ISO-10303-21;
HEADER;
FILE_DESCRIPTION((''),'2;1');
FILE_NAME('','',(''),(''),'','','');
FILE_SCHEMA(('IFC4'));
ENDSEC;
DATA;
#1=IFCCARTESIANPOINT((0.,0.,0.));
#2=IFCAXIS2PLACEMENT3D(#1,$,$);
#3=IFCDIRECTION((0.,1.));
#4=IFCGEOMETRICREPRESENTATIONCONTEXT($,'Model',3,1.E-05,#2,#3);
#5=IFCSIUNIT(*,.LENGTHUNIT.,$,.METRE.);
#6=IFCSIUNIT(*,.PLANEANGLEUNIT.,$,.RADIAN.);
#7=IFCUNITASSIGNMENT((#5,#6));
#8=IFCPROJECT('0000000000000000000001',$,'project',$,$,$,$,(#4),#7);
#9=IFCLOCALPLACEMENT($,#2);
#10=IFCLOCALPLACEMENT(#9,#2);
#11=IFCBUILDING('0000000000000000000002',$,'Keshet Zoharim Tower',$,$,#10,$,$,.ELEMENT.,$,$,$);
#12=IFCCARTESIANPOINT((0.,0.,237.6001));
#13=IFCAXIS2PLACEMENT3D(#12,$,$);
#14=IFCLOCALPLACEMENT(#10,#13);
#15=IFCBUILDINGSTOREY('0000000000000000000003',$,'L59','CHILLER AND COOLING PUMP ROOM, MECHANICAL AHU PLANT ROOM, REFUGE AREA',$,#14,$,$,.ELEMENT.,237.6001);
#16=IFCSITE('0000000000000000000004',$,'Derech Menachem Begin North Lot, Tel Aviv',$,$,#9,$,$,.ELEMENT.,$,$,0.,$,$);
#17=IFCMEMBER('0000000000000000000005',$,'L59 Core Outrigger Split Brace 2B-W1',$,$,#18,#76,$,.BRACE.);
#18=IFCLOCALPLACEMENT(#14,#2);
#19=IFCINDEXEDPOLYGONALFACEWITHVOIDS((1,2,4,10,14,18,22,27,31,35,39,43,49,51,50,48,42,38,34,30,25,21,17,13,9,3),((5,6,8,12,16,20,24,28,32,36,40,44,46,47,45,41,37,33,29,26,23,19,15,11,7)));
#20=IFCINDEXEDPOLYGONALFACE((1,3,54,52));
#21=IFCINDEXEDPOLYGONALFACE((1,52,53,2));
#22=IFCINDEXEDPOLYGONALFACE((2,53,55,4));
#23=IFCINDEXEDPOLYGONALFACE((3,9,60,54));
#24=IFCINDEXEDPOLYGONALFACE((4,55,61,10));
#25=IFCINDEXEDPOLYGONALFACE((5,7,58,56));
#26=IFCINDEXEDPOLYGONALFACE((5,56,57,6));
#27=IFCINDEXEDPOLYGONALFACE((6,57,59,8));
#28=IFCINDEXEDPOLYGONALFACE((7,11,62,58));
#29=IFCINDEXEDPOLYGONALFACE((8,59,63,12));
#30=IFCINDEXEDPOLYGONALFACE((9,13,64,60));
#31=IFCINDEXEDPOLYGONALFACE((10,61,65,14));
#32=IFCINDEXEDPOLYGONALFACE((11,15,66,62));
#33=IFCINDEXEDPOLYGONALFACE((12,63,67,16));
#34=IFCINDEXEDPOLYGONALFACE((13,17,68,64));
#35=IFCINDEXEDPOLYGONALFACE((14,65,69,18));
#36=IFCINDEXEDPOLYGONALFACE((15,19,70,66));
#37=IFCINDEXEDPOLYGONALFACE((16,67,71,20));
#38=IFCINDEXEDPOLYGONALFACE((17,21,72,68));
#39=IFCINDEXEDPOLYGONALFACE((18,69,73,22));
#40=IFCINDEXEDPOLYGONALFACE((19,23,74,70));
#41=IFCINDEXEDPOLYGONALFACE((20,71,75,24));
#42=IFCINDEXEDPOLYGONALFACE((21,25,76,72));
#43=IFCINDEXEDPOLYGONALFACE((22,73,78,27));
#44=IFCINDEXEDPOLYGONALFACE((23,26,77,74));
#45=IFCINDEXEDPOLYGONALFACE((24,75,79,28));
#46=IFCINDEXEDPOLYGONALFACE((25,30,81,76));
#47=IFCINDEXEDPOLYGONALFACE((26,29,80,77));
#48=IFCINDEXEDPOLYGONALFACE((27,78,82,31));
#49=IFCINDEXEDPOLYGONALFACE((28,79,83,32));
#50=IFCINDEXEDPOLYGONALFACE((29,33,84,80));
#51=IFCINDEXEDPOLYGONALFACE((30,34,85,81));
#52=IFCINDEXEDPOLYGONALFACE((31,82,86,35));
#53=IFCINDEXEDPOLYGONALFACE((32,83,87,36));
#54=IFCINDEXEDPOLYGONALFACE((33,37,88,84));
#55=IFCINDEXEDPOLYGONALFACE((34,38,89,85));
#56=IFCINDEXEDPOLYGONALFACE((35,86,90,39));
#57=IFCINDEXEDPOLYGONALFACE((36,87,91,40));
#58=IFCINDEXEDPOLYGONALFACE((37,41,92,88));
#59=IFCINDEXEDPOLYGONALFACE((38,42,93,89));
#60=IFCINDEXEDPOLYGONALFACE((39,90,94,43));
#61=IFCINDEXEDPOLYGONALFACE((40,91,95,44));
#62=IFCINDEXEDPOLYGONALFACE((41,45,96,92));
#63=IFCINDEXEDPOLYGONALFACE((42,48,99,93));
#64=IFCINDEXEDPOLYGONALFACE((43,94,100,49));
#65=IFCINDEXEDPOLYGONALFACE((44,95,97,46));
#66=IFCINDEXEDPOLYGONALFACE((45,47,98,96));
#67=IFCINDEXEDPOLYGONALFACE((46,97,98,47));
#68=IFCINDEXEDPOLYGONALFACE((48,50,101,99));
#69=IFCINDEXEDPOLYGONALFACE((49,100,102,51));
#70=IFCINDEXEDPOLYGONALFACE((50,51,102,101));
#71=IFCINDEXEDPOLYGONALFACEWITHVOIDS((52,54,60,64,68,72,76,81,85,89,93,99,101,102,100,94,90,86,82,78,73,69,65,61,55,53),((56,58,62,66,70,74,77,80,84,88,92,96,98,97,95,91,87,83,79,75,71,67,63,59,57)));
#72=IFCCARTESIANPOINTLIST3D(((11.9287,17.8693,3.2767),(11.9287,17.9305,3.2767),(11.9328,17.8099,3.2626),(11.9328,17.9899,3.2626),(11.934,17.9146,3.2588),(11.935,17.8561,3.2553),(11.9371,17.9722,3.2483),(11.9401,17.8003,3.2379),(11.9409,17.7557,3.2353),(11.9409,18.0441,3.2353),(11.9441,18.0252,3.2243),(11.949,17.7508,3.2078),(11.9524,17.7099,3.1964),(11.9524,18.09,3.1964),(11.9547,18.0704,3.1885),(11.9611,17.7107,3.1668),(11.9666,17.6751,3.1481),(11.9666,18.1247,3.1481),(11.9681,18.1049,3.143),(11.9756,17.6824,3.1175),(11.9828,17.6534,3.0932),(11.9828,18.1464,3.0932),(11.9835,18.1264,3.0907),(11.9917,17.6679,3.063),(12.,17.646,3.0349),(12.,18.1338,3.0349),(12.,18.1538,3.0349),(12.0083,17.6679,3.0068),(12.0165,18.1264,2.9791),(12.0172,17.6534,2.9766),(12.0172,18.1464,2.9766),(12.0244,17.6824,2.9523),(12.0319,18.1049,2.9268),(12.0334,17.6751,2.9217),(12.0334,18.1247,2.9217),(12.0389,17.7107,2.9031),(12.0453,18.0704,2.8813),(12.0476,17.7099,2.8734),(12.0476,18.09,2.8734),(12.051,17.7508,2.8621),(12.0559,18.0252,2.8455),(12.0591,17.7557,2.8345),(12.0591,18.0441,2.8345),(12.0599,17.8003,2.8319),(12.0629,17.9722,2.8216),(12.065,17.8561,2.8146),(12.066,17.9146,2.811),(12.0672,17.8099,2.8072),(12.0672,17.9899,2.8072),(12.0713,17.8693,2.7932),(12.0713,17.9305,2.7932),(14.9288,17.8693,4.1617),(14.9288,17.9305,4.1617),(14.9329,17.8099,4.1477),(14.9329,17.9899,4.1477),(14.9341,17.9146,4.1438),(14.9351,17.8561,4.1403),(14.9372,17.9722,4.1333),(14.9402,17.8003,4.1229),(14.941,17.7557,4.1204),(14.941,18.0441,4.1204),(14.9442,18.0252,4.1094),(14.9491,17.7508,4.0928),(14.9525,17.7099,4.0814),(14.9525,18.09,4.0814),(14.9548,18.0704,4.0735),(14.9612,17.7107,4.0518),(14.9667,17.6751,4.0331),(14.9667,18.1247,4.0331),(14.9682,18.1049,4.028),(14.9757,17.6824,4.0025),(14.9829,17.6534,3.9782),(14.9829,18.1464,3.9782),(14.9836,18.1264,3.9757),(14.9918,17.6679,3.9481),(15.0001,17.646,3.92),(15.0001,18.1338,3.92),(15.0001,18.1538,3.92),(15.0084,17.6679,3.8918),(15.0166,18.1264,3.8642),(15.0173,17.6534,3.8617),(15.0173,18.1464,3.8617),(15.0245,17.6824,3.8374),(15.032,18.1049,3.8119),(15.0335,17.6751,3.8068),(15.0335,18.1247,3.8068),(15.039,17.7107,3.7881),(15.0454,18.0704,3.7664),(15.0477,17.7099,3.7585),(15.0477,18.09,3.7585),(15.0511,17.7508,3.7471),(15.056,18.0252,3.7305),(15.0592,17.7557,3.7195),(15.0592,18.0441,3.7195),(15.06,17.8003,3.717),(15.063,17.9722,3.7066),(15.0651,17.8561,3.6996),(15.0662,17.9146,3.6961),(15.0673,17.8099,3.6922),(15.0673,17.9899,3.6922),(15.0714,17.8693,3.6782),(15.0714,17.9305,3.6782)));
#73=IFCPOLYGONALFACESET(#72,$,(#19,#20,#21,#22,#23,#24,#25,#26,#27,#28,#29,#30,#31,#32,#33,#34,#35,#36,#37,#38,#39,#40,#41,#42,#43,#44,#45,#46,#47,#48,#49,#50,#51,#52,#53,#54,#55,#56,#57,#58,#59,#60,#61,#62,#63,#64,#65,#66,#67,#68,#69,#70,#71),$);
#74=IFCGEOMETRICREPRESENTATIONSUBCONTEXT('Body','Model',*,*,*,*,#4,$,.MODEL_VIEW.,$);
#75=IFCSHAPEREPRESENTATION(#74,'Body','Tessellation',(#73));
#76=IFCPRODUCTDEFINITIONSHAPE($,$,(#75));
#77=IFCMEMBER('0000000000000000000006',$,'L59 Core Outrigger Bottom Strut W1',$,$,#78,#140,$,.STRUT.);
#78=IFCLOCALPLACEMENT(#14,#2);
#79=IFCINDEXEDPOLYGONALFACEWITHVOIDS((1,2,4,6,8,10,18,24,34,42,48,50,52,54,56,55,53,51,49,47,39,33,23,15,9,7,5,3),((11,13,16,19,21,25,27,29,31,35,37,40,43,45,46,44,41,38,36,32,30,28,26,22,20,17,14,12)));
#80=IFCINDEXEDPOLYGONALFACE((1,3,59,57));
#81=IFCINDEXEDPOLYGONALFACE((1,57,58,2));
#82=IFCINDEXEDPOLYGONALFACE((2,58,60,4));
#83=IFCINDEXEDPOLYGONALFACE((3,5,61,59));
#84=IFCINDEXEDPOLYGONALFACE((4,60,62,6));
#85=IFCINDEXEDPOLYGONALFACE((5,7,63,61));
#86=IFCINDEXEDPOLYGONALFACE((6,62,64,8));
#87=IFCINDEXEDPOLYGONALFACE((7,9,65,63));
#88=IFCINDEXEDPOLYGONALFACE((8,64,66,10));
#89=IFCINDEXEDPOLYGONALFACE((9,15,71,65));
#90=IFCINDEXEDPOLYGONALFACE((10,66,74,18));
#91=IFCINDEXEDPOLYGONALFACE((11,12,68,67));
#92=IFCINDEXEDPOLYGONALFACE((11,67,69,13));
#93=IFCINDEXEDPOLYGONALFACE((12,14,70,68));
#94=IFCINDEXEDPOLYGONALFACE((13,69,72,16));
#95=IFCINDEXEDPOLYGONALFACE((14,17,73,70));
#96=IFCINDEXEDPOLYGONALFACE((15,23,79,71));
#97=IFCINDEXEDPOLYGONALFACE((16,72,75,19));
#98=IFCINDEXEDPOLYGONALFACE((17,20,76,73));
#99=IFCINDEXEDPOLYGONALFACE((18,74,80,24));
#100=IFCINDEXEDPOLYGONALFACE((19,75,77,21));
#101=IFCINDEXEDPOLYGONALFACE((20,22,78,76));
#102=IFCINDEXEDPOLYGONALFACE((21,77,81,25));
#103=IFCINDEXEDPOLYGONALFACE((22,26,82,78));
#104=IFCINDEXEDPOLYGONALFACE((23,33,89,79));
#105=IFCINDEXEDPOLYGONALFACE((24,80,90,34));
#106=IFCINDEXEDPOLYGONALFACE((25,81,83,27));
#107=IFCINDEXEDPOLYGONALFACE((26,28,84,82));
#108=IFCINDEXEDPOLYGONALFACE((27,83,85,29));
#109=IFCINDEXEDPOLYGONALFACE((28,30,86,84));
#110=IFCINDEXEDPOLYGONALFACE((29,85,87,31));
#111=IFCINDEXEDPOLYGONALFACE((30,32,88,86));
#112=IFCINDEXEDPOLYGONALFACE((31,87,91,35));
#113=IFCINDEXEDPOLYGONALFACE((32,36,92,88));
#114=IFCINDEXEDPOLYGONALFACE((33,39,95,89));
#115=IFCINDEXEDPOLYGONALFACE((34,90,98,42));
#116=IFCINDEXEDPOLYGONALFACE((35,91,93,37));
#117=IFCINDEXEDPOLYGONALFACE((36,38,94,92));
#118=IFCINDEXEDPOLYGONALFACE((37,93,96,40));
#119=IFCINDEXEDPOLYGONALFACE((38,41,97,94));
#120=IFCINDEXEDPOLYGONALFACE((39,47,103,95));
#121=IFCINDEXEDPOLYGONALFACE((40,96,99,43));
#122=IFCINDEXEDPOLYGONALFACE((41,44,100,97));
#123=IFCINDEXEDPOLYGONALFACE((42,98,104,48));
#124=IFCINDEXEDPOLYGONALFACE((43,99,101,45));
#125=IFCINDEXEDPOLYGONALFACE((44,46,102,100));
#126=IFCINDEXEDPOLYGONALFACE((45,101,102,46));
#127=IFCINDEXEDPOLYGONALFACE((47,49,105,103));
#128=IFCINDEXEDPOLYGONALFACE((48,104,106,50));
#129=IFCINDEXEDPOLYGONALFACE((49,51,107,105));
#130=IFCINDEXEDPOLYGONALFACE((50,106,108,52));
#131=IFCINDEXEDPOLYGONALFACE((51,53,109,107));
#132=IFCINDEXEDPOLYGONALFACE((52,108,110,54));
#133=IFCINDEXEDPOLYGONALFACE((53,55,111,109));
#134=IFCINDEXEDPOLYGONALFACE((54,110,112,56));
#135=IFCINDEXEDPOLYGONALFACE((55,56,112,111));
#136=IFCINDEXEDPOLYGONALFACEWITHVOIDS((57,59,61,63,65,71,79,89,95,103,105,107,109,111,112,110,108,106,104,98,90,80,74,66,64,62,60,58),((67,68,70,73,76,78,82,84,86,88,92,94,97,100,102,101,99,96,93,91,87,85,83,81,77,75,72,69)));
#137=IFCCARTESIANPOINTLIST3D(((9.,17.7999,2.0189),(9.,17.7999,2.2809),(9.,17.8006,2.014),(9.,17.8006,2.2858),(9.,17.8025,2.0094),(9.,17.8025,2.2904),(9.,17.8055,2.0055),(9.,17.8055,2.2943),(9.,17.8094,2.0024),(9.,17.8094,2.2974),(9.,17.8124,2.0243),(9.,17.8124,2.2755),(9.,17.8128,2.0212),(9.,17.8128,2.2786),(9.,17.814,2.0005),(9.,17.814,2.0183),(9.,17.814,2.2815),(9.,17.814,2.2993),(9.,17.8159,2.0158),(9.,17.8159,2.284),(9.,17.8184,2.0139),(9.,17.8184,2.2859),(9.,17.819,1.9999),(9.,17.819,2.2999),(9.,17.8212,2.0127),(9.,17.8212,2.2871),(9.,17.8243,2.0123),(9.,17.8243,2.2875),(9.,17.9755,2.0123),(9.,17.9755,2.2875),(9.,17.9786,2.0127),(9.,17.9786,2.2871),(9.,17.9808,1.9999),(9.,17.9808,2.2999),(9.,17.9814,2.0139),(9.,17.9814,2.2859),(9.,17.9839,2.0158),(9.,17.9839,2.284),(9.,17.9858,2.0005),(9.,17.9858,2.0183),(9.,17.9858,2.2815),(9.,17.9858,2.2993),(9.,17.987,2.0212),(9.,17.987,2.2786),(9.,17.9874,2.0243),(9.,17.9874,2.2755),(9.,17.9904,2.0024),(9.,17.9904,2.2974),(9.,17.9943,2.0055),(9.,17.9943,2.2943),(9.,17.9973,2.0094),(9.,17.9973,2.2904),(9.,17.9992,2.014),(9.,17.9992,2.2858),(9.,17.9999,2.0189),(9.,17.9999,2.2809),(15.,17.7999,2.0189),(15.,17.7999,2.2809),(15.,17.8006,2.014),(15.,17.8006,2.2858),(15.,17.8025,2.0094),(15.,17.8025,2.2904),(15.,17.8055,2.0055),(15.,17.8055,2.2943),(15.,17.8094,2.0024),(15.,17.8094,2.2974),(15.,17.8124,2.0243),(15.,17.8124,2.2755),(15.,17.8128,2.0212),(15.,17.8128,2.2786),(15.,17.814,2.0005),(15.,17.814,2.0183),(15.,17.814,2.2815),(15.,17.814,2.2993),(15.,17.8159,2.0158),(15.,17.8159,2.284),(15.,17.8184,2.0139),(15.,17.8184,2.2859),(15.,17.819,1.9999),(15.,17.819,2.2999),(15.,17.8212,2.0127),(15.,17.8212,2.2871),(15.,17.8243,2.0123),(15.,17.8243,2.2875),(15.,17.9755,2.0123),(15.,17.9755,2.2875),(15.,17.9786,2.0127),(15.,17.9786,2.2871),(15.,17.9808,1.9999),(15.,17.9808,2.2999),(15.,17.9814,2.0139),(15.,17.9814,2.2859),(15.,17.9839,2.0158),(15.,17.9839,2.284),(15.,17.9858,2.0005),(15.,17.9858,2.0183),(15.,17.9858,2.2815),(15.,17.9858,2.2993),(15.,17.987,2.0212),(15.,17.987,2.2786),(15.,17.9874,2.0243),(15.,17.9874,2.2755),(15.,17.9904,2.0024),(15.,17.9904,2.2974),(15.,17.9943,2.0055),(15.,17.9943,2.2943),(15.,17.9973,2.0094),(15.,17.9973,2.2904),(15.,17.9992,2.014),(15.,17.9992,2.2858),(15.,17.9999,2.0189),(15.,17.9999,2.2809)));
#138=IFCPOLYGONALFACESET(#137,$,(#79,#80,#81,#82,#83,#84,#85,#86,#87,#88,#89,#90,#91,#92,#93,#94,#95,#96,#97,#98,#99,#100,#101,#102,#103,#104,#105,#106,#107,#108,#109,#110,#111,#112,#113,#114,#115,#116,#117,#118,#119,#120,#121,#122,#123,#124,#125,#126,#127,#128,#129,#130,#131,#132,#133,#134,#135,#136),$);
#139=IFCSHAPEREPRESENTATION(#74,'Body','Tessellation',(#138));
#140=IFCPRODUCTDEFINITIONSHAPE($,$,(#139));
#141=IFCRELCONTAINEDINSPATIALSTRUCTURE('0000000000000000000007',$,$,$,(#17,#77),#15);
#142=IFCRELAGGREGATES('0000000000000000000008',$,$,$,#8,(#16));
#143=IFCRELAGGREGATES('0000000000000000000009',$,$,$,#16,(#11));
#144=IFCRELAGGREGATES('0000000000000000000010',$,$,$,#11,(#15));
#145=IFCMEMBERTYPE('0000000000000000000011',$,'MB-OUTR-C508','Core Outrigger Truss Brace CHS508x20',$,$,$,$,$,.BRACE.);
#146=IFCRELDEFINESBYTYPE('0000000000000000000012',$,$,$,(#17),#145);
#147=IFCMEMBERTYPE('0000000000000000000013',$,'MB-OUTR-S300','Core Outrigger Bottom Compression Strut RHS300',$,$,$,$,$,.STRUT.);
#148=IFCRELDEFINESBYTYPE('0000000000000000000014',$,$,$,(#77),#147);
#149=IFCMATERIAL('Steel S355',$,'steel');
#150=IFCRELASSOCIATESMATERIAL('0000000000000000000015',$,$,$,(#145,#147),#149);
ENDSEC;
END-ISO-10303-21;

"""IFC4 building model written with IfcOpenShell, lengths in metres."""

from ifc_helpers import new_model, si_unit, direction, frame, origin, origin_2d, place, context, subcontext, project, spatial, hollow_rectangle, hollow_circle, extrude, material, material_profile, profile_set, type_object, element, save


model = new_model("IFC4")

# Units and contexts
model_context = context("Model", 3, precision=1e-05, world=origin(), true_north=direction((0.0, 1.0)))
body_context = subcontext(model_context, "Body", "Model", "MODEL_VIEW")
ifc_project = project(units=[si_unit("LENGTHUNIT", "METRE"), si_unit("PLANEANGLEUNIT", "RADIAN")], contexts=[model_context])

# Site, building, storey
site_placement = place(None, origin())
site = spatial("IfcSite", under=ifc_project, at=site_placement, Name="Derech Menachem Begin North Lot, Tel Aviv", CompositionType="ELEMENT", RefElevation=0.0)
building_placement = place(site_placement, origin())
building = spatial("IfcBuilding", under=site, at=building_placement, Name="Keshet Zoharim Tower", CompositionType="ELEMENT")
storey_placement = place(building_placement, frame((0.0, 0.0, 237.6001)))
storey = spatial("IfcBuildingStorey", under=building, at=storey_placement, Name="L59", Description="CHILLER AND COOLING PUMP ROOM, MECHANICAL AHU PLANT ROOM, REFUGE AREA", CompositionType="ELEMENT", Elevation=237.6001)

# Shared definitions
ifc_material_1 = material(Name="Steel S355", Category="steel")

# Members
ifc_material_profile_1 = material_profile(ifc_material_1, hollow_circle(Radius=0.2539, WallThickness=0.02, at=origin_2d()), Name="CHS508x20")
ifc_profile_set_1 = profile_set([ifc_material_profile_1], Name="Steel S355")
member_type_1 = type_object("IfcMemberType", Name="MB-OUTR-C508", Description="Core Outrigger Truss Brace CHS508x20", PredefinedType="BRACE", material=ifc_profile_set_1)
for number, where, z_axis, x_axis, name in (
    (1, (12.0, 17.8999, 3.0349), (0.959135, 0.0, 0.282948), (0.0, 1.0, 0.0), "L59 Core Outrigger Split Brace 2B-W1"),
):
    element("IfcMember", number, at=place(storey_placement, frame(where, z_axis=z_axis, x_axis=x_axis)), inside=storey, type_object=member_type_1, Name=name, PredefinedType="BRACE", context=body_context, shape_type="SweptSolid", body=[
        extrude(hollow_circle(Radius=0.2539, WallThickness=0.02, at=origin_2d()), origin(), (0.0, 0.0, 1.0), 3.1279),
    ])
ifc_material_profile_2 = material_profile(ifc_material_1, hollow_rectangle(XDim=0.2, YDim=0.3, WallThickness=0.0125, InnerFilletRadius=0.012, OuterFilletRadius=0.019, at=origin_2d()), Name="RHS300x200x12.5")
ifc_profile_set_2 = profile_set([ifc_material_profile_2], Name="Steel S355")
member_type_2 = type_object("IfcMemberType", Name="MB-OUTR-S300", Description="Core Outrigger Bottom Compression Strut RHS300", PredefinedType="STRUT", material=ifc_profile_set_2)
member_1_placement = place(storey_placement, frame((15.0, 17.8999, 2.1499), z_axis=(-1.0, 0.0, 0.0), x_axis=(0.0, -1.0, 0.0)))
element("IfcMember", 2, at=member_1_placement, inside=storey, type_object=member_type_2, Name="L59 Core Outrigger Bottom Strut W1", PredefinedType="STRUT", context=body_context, shape_type="SweptSolid", body=[
    extrude(hollow_rectangle(XDim=0.2, YDim=0.3, WallThickness=0.0125, InnerFilletRadius=0.012, OuterFilletRadius=0.019, at=origin_2d()), origin(), (0.0, 0.0, 1.0), 6.0),
])

save(model, "model.ifc")
